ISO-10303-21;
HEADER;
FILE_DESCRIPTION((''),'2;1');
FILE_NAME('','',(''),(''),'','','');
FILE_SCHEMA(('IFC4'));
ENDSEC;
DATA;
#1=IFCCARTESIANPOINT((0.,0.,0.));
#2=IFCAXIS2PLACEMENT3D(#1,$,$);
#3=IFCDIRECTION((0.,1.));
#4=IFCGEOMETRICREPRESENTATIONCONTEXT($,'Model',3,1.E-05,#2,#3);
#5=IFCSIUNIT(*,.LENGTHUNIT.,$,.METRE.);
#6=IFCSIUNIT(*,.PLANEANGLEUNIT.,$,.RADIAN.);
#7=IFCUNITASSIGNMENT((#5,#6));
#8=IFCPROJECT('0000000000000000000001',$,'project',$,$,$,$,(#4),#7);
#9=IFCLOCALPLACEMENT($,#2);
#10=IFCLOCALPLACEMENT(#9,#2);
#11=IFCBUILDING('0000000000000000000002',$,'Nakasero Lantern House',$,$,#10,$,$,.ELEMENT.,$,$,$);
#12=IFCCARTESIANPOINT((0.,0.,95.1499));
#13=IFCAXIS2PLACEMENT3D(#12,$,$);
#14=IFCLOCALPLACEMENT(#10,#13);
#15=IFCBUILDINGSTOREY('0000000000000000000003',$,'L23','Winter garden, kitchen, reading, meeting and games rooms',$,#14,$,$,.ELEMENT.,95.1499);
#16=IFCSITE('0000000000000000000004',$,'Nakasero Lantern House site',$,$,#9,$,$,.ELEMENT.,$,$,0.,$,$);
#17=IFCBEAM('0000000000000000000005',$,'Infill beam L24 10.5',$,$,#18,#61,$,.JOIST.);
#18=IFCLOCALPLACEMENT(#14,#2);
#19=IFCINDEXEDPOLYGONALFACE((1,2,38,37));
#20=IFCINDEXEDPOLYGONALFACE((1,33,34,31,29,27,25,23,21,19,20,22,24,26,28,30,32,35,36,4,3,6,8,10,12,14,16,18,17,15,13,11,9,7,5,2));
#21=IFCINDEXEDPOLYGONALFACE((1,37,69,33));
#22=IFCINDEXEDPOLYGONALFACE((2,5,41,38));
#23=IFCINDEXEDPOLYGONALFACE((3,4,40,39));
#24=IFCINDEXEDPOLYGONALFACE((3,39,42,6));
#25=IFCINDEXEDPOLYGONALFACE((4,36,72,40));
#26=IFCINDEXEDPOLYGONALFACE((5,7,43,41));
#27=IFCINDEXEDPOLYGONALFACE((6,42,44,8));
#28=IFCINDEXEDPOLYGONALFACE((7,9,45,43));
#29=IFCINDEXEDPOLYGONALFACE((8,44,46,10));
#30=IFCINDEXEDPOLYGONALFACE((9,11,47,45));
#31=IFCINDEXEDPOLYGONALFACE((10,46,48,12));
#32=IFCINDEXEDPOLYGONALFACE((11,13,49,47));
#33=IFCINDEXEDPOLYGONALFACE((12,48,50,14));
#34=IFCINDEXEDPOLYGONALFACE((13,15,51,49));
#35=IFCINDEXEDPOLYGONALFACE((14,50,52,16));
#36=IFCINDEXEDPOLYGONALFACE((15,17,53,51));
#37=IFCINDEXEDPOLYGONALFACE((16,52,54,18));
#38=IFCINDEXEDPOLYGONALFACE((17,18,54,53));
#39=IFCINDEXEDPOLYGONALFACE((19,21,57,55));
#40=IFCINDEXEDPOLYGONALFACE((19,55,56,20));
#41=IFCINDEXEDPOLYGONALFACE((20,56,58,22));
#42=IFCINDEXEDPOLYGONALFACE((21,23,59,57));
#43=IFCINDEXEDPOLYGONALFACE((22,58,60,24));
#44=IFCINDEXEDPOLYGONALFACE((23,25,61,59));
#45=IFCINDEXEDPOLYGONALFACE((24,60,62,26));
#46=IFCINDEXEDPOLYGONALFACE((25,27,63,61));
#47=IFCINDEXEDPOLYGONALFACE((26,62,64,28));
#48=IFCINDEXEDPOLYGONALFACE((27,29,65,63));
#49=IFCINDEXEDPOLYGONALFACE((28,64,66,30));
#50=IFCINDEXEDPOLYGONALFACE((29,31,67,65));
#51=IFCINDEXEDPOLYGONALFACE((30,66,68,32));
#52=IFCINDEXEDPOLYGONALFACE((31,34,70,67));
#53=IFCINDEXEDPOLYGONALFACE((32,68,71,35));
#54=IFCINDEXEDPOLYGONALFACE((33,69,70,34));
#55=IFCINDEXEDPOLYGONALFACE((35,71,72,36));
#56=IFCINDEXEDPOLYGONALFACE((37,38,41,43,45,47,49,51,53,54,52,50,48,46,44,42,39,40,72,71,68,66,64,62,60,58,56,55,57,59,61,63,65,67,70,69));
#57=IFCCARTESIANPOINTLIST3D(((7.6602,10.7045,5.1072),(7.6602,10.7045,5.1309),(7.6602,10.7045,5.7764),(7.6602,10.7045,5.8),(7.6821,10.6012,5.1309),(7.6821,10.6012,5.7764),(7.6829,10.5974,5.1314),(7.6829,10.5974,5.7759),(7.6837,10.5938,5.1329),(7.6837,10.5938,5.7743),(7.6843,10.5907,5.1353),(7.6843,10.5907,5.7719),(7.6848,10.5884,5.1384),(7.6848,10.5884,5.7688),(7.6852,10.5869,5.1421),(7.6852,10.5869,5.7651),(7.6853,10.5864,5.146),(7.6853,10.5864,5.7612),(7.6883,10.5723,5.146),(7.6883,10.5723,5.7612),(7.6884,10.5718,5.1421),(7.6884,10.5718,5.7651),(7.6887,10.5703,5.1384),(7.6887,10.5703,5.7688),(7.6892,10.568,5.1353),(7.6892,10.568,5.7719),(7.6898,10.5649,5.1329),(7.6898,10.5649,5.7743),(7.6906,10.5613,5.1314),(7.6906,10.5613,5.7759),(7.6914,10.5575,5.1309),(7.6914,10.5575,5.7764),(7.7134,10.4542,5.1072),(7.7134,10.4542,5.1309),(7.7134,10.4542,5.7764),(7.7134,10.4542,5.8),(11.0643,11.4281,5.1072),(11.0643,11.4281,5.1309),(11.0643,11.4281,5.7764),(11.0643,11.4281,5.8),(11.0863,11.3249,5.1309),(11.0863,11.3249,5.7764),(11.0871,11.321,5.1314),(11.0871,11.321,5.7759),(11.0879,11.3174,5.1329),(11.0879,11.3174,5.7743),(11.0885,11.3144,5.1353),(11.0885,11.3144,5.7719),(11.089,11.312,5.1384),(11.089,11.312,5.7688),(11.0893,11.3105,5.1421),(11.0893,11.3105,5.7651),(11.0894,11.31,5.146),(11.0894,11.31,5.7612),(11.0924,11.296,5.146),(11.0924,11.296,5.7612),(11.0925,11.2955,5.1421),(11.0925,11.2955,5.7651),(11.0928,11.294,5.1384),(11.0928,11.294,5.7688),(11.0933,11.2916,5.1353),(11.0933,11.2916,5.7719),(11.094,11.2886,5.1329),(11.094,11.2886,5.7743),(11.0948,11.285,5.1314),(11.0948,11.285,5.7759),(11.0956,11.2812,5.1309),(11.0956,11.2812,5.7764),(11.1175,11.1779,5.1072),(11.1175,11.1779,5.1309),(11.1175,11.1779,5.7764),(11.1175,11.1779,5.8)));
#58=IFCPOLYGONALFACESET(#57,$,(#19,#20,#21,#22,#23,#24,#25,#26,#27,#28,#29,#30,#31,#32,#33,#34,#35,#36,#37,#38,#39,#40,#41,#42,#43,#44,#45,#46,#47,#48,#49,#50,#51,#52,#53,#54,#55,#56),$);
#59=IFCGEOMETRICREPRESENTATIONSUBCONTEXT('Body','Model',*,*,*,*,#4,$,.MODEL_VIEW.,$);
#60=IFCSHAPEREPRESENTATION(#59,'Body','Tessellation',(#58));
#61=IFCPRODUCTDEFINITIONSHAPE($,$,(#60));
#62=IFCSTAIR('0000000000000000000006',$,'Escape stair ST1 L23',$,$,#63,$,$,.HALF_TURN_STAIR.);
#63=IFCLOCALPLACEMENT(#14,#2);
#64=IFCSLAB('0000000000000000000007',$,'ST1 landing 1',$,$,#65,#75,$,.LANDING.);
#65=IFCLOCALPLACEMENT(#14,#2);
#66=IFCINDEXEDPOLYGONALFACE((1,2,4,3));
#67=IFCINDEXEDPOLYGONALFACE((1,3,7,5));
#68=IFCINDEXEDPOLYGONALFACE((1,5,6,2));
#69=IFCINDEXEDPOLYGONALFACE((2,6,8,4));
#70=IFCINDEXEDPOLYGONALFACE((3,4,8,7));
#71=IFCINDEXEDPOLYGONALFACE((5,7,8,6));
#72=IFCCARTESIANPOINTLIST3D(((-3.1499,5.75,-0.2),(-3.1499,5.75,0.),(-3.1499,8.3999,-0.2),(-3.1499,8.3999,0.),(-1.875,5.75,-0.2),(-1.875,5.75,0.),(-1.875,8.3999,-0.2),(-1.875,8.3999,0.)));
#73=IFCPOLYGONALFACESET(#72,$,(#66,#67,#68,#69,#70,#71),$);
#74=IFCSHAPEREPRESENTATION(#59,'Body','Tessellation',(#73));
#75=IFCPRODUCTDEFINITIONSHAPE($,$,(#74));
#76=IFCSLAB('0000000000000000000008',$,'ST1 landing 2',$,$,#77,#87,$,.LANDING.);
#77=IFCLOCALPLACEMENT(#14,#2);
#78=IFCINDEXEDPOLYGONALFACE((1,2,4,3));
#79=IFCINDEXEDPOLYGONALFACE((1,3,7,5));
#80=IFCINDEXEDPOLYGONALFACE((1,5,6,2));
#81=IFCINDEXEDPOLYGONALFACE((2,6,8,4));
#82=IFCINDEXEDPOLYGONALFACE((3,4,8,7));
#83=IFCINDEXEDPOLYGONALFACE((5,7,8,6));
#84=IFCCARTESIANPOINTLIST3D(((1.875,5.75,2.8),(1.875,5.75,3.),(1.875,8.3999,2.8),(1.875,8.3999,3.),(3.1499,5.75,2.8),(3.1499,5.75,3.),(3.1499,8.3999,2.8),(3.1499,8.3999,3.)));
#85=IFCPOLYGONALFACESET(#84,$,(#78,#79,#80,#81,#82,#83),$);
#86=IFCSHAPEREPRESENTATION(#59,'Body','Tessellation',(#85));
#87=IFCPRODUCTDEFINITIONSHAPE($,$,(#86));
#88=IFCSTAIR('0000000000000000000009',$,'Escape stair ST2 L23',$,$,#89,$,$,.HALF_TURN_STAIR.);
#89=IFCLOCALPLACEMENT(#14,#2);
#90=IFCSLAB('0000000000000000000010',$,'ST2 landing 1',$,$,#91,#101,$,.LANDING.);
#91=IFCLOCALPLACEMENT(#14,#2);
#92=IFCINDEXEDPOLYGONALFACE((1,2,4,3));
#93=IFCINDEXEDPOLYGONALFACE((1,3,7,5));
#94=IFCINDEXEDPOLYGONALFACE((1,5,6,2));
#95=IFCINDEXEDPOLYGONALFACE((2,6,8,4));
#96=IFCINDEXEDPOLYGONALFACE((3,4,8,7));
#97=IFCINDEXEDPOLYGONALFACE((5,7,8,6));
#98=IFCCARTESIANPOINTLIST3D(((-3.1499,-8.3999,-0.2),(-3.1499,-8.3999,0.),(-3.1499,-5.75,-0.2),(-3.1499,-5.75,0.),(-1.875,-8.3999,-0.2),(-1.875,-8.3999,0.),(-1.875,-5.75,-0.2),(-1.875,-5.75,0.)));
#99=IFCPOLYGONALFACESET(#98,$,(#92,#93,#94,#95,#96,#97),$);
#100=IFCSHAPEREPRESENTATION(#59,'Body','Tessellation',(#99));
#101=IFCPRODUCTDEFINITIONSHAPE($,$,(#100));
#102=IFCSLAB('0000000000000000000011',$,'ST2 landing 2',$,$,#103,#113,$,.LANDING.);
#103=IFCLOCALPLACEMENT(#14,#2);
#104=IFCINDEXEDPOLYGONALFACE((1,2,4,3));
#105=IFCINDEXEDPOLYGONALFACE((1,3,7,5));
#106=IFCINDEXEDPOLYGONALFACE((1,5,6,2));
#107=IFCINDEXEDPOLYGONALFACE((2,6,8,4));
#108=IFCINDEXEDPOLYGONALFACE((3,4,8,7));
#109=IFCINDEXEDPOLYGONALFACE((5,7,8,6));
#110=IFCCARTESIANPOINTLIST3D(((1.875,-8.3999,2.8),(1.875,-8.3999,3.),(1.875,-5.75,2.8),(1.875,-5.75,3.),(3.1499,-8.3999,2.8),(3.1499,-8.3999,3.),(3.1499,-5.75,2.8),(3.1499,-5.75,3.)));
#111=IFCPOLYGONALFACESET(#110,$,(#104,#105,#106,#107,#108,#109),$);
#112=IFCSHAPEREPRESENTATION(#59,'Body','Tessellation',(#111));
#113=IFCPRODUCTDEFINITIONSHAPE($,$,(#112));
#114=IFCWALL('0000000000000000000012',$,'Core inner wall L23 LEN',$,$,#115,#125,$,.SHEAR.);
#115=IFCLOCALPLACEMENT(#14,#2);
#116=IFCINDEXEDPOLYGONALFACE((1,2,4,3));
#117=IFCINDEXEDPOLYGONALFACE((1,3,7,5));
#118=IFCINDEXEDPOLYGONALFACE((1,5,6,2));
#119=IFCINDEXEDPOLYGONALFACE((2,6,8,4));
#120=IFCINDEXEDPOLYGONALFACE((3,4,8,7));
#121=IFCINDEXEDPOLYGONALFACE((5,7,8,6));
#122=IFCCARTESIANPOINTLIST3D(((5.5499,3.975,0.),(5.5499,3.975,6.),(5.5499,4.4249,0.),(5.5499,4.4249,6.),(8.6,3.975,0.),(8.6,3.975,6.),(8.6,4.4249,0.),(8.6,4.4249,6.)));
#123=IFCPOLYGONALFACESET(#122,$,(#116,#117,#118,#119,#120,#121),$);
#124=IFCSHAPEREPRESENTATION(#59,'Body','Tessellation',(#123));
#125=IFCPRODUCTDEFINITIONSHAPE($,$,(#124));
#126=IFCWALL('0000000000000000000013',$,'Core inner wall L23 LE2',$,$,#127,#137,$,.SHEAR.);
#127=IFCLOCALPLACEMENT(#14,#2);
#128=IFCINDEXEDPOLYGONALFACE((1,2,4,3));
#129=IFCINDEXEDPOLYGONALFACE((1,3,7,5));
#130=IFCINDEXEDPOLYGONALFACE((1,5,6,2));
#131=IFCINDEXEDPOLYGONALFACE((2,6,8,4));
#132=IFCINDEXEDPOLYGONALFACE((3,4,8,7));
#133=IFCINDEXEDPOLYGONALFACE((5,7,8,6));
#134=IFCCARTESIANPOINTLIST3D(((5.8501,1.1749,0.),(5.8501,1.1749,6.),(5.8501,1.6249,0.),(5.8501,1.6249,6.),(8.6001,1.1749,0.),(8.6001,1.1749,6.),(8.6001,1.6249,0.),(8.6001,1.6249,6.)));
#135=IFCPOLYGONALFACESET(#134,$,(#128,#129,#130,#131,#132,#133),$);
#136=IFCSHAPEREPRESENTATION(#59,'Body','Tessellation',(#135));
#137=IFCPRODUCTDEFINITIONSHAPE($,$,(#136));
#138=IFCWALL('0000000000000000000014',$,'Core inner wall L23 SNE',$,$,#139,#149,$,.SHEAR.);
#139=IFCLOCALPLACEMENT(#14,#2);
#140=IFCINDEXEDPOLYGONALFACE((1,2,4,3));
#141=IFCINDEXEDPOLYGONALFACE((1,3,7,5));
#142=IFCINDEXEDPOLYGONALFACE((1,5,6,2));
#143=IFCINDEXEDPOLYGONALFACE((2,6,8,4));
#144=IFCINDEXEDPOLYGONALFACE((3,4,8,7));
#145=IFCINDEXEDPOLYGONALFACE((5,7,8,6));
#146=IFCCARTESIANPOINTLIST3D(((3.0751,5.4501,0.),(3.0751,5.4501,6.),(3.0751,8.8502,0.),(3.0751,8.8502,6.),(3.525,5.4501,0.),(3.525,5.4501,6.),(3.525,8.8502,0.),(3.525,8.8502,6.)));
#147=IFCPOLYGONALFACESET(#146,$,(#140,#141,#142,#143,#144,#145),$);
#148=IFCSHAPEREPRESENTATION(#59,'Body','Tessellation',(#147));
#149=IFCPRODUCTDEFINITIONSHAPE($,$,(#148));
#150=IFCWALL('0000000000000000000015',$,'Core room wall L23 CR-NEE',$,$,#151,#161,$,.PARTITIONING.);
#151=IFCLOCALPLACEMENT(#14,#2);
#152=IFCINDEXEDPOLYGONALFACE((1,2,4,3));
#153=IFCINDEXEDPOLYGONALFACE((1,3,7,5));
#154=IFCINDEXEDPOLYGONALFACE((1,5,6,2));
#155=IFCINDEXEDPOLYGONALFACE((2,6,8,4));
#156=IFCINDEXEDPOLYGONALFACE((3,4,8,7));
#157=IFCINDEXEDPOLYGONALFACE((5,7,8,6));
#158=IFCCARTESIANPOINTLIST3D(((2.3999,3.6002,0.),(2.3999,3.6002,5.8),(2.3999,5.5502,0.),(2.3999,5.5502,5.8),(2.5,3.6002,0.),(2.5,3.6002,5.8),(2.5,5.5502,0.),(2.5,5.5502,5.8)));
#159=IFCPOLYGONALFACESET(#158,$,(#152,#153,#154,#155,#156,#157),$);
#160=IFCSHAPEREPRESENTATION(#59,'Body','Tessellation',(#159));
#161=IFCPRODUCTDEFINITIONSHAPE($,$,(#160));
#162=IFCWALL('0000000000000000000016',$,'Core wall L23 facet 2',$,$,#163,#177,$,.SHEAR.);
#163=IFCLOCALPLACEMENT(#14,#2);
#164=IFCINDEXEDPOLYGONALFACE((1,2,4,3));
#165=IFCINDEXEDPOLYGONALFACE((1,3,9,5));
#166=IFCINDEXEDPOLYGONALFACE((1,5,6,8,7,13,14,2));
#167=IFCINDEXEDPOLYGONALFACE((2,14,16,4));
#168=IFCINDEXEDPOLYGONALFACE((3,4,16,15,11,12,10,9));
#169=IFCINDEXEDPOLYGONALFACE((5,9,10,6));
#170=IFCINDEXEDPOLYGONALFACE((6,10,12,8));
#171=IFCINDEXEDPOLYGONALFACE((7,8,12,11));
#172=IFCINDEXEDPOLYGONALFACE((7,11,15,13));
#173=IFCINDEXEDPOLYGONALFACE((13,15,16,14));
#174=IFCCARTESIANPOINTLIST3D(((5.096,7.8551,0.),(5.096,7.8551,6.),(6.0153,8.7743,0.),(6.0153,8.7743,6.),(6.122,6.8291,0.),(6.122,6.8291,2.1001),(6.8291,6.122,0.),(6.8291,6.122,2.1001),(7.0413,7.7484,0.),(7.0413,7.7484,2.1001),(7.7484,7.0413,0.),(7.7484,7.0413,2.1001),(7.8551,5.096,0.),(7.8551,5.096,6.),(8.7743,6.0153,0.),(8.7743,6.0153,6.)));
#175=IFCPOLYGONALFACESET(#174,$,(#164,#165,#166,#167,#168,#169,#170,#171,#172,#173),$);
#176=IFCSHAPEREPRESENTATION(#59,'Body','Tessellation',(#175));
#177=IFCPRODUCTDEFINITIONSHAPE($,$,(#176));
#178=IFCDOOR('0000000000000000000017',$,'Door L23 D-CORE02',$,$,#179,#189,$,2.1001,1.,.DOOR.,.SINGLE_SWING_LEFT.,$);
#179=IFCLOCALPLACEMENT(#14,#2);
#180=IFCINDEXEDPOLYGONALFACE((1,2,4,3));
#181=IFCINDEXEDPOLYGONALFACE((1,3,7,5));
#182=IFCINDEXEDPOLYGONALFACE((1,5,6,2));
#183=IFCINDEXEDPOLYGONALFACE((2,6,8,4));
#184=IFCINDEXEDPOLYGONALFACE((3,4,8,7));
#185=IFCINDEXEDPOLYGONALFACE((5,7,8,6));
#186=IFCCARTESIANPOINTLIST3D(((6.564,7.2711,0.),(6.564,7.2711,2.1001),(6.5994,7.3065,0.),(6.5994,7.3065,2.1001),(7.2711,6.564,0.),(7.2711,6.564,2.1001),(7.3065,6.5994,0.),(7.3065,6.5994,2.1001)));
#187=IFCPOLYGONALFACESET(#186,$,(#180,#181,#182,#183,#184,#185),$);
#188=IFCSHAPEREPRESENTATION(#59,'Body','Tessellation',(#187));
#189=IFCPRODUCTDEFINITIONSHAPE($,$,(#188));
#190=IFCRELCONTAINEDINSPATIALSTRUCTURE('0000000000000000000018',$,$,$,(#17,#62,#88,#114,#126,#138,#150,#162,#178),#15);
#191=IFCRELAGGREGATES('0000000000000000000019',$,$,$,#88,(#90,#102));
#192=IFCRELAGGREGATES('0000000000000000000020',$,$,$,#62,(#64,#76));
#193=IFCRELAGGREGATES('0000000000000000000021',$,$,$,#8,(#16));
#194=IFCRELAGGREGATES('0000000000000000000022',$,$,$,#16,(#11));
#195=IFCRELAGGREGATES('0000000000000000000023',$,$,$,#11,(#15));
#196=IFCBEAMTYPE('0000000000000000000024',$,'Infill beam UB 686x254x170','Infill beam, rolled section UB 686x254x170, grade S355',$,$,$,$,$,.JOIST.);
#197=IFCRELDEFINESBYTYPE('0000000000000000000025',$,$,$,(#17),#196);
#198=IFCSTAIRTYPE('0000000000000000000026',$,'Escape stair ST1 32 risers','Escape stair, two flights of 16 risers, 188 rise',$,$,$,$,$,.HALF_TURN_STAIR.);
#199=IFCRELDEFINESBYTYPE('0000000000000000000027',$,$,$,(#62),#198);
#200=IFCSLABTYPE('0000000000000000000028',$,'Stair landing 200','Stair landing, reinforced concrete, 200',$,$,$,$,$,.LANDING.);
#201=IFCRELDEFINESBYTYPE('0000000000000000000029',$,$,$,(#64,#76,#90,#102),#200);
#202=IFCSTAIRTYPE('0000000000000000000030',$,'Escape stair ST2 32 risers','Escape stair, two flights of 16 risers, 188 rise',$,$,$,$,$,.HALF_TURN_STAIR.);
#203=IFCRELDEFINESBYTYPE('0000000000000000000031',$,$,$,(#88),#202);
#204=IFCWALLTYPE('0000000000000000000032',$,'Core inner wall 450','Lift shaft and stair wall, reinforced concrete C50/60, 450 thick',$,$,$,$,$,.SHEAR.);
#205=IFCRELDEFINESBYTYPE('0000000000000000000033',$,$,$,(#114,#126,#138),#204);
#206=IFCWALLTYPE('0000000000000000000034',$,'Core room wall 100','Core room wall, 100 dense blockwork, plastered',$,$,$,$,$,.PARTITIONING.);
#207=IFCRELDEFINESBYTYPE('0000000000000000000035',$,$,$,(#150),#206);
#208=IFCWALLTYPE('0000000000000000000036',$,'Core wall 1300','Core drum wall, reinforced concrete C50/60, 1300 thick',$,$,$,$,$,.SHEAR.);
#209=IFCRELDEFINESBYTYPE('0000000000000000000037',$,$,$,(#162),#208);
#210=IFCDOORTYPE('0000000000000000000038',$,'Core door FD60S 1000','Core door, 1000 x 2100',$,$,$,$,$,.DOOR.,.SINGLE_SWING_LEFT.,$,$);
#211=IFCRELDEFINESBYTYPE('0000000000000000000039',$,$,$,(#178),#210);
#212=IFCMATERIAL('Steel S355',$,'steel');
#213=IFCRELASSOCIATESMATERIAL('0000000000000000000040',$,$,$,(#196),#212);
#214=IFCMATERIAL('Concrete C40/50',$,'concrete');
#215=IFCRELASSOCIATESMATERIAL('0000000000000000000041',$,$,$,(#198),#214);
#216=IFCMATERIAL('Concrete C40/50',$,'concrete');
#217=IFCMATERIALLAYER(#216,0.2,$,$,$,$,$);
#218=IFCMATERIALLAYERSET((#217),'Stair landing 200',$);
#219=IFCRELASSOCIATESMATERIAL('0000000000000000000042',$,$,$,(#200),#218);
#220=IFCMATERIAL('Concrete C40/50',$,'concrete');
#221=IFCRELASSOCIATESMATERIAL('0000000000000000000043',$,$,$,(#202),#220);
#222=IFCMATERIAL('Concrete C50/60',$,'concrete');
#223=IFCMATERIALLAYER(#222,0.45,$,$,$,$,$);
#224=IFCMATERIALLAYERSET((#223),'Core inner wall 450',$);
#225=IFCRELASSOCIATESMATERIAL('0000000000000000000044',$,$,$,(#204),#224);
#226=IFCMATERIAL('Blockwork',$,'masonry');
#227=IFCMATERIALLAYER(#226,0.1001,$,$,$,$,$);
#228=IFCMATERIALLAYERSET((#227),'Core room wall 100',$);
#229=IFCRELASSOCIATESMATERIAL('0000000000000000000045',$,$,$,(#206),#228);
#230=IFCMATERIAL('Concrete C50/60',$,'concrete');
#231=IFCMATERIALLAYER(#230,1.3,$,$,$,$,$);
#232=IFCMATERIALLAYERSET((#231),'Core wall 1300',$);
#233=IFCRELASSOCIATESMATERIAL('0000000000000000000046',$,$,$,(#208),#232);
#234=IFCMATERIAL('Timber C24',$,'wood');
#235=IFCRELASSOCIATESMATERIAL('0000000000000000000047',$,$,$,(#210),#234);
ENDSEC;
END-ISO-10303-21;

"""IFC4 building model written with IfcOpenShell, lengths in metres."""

from ifc_helpers import new_model, si_unit, direction, frame, frame_2d, origin, origin_2d, place, context, subcontext, project, spatial, polyline, rectangle, i_section, outline, extrude, material, layer, layer_set, material_profile, profile_set, type_object, element, fill, aggregate, save


model = new_model("IFC4")

# Units and contexts
model_context = context("Model", 3, precision=1e-05, world=origin(), true_north=direction((0.0, 1.0)))
body_context = subcontext(model_context, "Body", "Model", "MODEL_VIEW")
ifc_project = project(units=[si_unit("LENGTHUNIT", "METRE"), si_unit("PLANEANGLEUNIT", "RADIAN")], contexts=[model_context])

# Site, building, storey
site_placement = place(None, origin())
site = spatial("IfcSite", under=ifc_project, at=site_placement, Name="Nakasero Lantern House site", CompositionType="ELEMENT", RefElevation=0.0)
building_placement = place(site_placement, origin())
building = spatial("IfcBuilding", under=site, at=building_placement, Name="Nakasero Lantern House", CompositionType="ELEMENT")
storey_placement = place(building_placement, frame((0.0, 0.0, 95.1499)))
storey = spatial("IfcBuildingStorey", under=building, at=storey_placement, Name="L23", Description="Winter garden, kitchen, reading, meeting and games rooms", CompositionType="ELEMENT", Elevation=95.1499)

# Beam
ifc_material_1 = material(Name="Steel S355", Category="steel")
ifc_material_profile_1 = material_profile(ifc_material_1, i_section(OverallWidth=0.2559, OverallDepth=0.6929, WebThickness=0.0144, FlangeThickness=0.0237, FilletRadius=0.0151, at=origin_2d()), Name="UB 686x254x170")
ifc_profile_set_1 = profile_set([ifc_material_profile_1], Name="Steel S355")
beam_type_1 = type_object("IfcBeamType", Name="Infill beam UB 686x254x170", Description="Infill beam, rolled section UB 686x254x170, grade S355", PredefinedType="JOIST", material=ifc_profile_set_1)
beam_1_placement = place(storey_placement, frame((7.6868, 10.5793, 5.4536), z_axis=(0.978143, 0.207933, 0.0), x_axis=(-0.207933, 0.978143, 0.0)))
element("IfcBeam", 1, at=beam_1_placement, inside=storey, type_object=beam_type_1, Name="Infill beam L24 10.5", PredefinedType="JOIST", context=body_context, shape_type="SweptSolid", body=[
    extrude(i_section(OverallWidth=0.2559, OverallDepth=0.6929, WebThickness=0.0144, FlangeThickness=0.0237, FilletRadius=0.0151, at=origin_2d()), origin(), (0.0, 0.0, 1.0), 3.4802),
])

# Stairs, slabs
ifc_material_2 = material(Name="Concrete C40/50", Category="concrete")
stair_type_1 = type_object("IfcStairType", Name="Escape stair ST1 32 risers", Description="Escape stair, two flights of 16 risers, 188 rise", PredefinedType="HALF_TURN_STAIR", material=ifc_material_2)
stair_1_placement = place(storey_placement, origin())
stair_1 = element("IfcStair", 2, at=stair_1_placement, inside=storey, type_object=stair_type_1, Name="Escape stair ST1 L23", PredefinedType="HALF_TURN_STAIR")
ifc_material_3 = material(Name="Concrete C40/50", Category="concrete")
ifc_layer_1 = layer(ifc_material_3, 0.2)
ifc_layer_set_1 = layer_set([ifc_layer_1], Name="Stair landing 200")
slab_type = type_object("IfcSlabType", Name="Stair landing 200", Description="Stair landing, reinforced concrete, 200", PredefinedType="LANDING", material=ifc_layer_set_1)
slab_1_placement = place(storey_placement, frame((0.0, 0.0, -0.2)))
slab_1 = element("IfcSlab", 3, at=slab_1_placement, type_object=slab_type, Name="ST1 landing 1", PredefinedType="LANDING", context=body_context, shape_type="SweptSolid", body=[
    extrude(outline(polyline([(-3.1499, 5.75), (-1.875, 5.75), (-1.875, 8.3999), (-3.1499, 8.3999), (-3.1499, 5.75)])), origin(), (0.0, 0.0, 1.0), 0.2),
])
slab_2_placement = place(storey_placement, frame((0.0, 0.0, 2.8)))
slab_2 = element("IfcSlab", 4, at=slab_2_placement, type_object=slab_type, Name="ST1 landing 2", PredefinedType="LANDING", context=body_context, shape_type="SweptSolid", body=[
    extrude(outline(polyline([(1.875, 5.75), (3.1499, 5.75), (3.1499, 8.3999), (1.875, 8.3999), (1.875, 5.75)])), origin(), (0.0, 0.0, 1.0), 0.2),
])
ifc_material_4 = material(Name="Concrete C40/50", Category="concrete")
stair_type_2 = type_object("IfcStairType", Name="Escape stair ST2 32 risers", Description="Escape stair, two flights of 16 risers, 188 rise", PredefinedType="HALF_TURN_STAIR", material=ifc_material_4)
stair_2_placement = place(storey_placement, origin())
stair_2 = element("IfcStair", 5, at=stair_2_placement, inside=storey, type_object=stair_type_2, Name="Escape stair ST2 L23", PredefinedType="HALF_TURN_STAIR")
slab_3_placement = place(storey_placement, frame((0.0, 0.0, -0.2)))
slab_3 = element("IfcSlab", 6, at=slab_3_placement, type_object=slab_type, Name="ST2 landing 1", PredefinedType="LANDING", context=body_context, shape_type="SweptSolid", body=[
    extrude(outline(polyline([(-3.1499, -8.3999), (-1.875, -8.3999), (-1.875, -5.75), (-3.1499, -5.75), (-3.1499, -8.3999)])), origin(), (0.0, 0.0, 1.0), 0.2),
])
slab_4_placement = place(storey_placement, frame((0.0, 0.0, 2.8)))
slab_4 = element("IfcSlab", 7, at=slab_4_placement, type_object=slab_type, Name="ST2 landing 2", PredefinedType="LANDING", context=body_context, shape_type="SweptSolid", body=[
    extrude(outline(polyline([(1.875, -8.3999), (3.1499, -8.3999), (3.1499, -5.75), (1.875, -5.75), (1.875, -8.3999)])), origin(), (0.0, 0.0, 1.0), 0.2),
])
aggregate(stair_2, [slab_3, slab_4])

# Walls
ifc_material_5 = material(Name="Concrete C50/60", Category="concrete")
ifc_layer_2 = layer(ifc_material_5, 0.45)
ifc_layer_set_2 = layer_set([ifc_layer_2], Name="Core inner wall 450")
wall_type_1 = type_object("IfcWallType", Name="Core inner wall 450", Description="Lift shaft and stair wall, reinforced concrete C50/60, 450 thick", PredefinedType="SHEAR", material=ifc_layer_set_2)
wall_1_placement = place(storey_placement, frame((5.55, 4.2, 0.0), z_axis=(0.0, 0.0, 1.0), x_axis=(1.0, 0.0, 0.0)))
element("IfcWall", 8, at=wall_1_placement, inside=storey, type_object=wall_type_1, Name="Core inner wall L23 LEN", PredefinedType="SHEAR", context=body_context, shape_type="SweptSolid", body=[
    extrude(rectangle(XDim=3.05, YDim=0.45, at=frame_2d((1.5249, 0.0))), origin(), (0.0, 0.0, 1.0), 6.0),
])
wall_2_placement = place(storey_placement, frame((5.8501, 1.3999, 0.0), z_axis=(0.0, 0.0, 1.0), x_axis=(1.0, 0.0, 0.0)))
element("IfcWall", 9, at=wall_2_placement, inside=storey, type_object=wall_type_1, Name="Core inner wall L23 LE2", PredefinedType="SHEAR", context=body_context, shape_type="SweptSolid", body=[
    extrude(rectangle(XDim=2.75, YDim=0.45, at=frame_2d((1.375, 0.0))), origin(), (0.0, 0.0, 1.0), 6.0),
])
wall_3_placement = place(storey_placement, frame((3.3, 5.45, 0.0), z_axis=(0.0, 0.0, 1.0), x_axis=(0.0, 1.0, 0.0)))
element("IfcWall", 10, at=wall_3_placement, inside=storey, type_object=wall_type_1, Name="Core inner wall L23 SNE", PredefinedType="SHEAR", context=body_context, shape_type="SweptSolid", body=[
    extrude(rectangle(XDim=3.4001, YDim=0.45, at=frame_2d((1.7002, 0.0))), origin(), (0.0, 0.0, 1.0), 6.0),
])
ifc_material_6 = material(Name="Blockwork", Category="masonry")
ifc_layer_3 = layer(ifc_material_6, 0.1001)
ifc_layer_set_3 = layer_set([ifc_layer_3], Name="Core room wall 100")
wall_type_2 = type_object("IfcWallType", Name="Core room wall 100", Description="Core room wall, 100 dense blockwork, plastered", PredefinedType="PARTITIONING", material=ifc_layer_set_3)
wall_4_placement = place(storey_placement, frame((2.45, 3.6001, 0.0), z_axis=(0.0, 0.0, 1.0), x_axis=(0.0, 1.0, 0.0)))
element("IfcWall", 11, at=wall_4_placement, inside=storey, type_object=wall_type_2, Name="Core room wall L23 CR-NEE", PredefinedType="PARTITIONING", context=body_context, shape_type="SweptSolid", body=[
    extrude(rectangle(XDim=1.95, YDim=0.1001, at=frame_2d((0.9751, 0.0))), origin(), (0.0, 0.0, 1.0), 5.8),
])

# Wall, opening, door
ifc_material_7 = material(Name="Concrete C50/60", Category="concrete")
ifc_layer_4 = layer(ifc_material_7, 1.3)
ifc_layer_set_4 = layer_set([ifc_layer_4], Name="Core wall 1300")
wall_type_3 = type_object("IfcWallType", Name="Core wall 1300", Description="Core drum wall, reinforced concrete C50/60, 1300 thick", PredefinedType="SHEAR", material=ifc_layer_set_4)
wall_5_placement = place(storey_placement, frame((8.3147, 5.5557, 0.0), z_axis=(0.0, 0.0, 1.0), x_axis=(-0.707107, 0.707107, 0.0)))
wall_5 = element("IfcWall", 12, at=wall_5_placement, inside=storey, type_object=wall_type_3, Name="Core wall L23 facet 2", PredefinedType="SHEAR", context=body_context, shape_type="SweptSolid", body=[
    extrude(rectangle(XDim=3.9019, YDim=1.3, at=frame_2d((1.9509, 0.0))), origin(), (0.0, 0.0, 1.0), 6.0),
])
opening_1_placement = place(wall_5_placement, frame((1.4509, 0.0, 0.0)))
opening_1 = element("IfcOpeningElement", 13, at=opening_1_placement, cuts=wall_5, PredefinedType="OPENING", context=body_context, shape_type="SweptSolid", body=[
    extrude(rectangle(XDim=1.0, YDim=2.1001, at=frame_2d((0.5, 1.05))), frame((0.0, 0.6699, 0.0), z_axis=(0.0, -1.0, 0.0), x_axis=(1.0, 0.0, 0.0)), (0.0, 0.0, 1.0), 1.3401),
])
ifc_material_8 = material(Name="Timber C24", Category="wood")
door_type_1 = type_object("IfcDoorType", Name="Core door FD60S 1000", Description="Core door, 1000 x 2100", OperationType="SINGLE_SWING_LEFT", PredefinedType="DOOR", material=ifc_material_8)
door_1_placement = place(opening_1_placement, origin())
door_1 = element("IfcDoor", 14, at=door_1_placement, inside=storey, type_object=door_type_1, Name="Door L23 D-CORE02", OperationType="SINGLE_SWING_LEFT", OverallHeight=2.1001, OverallWidth=1.0, PredefinedType="DOOR", context=body_context, shape_type="SweptSolid", body=[
    extrude(rectangle(XDim=1.0, YDim=2.1001, at=frame_2d((0.5, 1.05))), frame((0.0, 0.0249, 0.0), z_axis=(0.0, -1.0, 0.0), x_axis=(1.0, 0.0, 0.0)), (0.0, 0.0, 1.0), 0.05),
])
fill(opening_1, door_1)

aggregate(stair_1, [slab_1, slab_2])

save(model, "model.ifc")
